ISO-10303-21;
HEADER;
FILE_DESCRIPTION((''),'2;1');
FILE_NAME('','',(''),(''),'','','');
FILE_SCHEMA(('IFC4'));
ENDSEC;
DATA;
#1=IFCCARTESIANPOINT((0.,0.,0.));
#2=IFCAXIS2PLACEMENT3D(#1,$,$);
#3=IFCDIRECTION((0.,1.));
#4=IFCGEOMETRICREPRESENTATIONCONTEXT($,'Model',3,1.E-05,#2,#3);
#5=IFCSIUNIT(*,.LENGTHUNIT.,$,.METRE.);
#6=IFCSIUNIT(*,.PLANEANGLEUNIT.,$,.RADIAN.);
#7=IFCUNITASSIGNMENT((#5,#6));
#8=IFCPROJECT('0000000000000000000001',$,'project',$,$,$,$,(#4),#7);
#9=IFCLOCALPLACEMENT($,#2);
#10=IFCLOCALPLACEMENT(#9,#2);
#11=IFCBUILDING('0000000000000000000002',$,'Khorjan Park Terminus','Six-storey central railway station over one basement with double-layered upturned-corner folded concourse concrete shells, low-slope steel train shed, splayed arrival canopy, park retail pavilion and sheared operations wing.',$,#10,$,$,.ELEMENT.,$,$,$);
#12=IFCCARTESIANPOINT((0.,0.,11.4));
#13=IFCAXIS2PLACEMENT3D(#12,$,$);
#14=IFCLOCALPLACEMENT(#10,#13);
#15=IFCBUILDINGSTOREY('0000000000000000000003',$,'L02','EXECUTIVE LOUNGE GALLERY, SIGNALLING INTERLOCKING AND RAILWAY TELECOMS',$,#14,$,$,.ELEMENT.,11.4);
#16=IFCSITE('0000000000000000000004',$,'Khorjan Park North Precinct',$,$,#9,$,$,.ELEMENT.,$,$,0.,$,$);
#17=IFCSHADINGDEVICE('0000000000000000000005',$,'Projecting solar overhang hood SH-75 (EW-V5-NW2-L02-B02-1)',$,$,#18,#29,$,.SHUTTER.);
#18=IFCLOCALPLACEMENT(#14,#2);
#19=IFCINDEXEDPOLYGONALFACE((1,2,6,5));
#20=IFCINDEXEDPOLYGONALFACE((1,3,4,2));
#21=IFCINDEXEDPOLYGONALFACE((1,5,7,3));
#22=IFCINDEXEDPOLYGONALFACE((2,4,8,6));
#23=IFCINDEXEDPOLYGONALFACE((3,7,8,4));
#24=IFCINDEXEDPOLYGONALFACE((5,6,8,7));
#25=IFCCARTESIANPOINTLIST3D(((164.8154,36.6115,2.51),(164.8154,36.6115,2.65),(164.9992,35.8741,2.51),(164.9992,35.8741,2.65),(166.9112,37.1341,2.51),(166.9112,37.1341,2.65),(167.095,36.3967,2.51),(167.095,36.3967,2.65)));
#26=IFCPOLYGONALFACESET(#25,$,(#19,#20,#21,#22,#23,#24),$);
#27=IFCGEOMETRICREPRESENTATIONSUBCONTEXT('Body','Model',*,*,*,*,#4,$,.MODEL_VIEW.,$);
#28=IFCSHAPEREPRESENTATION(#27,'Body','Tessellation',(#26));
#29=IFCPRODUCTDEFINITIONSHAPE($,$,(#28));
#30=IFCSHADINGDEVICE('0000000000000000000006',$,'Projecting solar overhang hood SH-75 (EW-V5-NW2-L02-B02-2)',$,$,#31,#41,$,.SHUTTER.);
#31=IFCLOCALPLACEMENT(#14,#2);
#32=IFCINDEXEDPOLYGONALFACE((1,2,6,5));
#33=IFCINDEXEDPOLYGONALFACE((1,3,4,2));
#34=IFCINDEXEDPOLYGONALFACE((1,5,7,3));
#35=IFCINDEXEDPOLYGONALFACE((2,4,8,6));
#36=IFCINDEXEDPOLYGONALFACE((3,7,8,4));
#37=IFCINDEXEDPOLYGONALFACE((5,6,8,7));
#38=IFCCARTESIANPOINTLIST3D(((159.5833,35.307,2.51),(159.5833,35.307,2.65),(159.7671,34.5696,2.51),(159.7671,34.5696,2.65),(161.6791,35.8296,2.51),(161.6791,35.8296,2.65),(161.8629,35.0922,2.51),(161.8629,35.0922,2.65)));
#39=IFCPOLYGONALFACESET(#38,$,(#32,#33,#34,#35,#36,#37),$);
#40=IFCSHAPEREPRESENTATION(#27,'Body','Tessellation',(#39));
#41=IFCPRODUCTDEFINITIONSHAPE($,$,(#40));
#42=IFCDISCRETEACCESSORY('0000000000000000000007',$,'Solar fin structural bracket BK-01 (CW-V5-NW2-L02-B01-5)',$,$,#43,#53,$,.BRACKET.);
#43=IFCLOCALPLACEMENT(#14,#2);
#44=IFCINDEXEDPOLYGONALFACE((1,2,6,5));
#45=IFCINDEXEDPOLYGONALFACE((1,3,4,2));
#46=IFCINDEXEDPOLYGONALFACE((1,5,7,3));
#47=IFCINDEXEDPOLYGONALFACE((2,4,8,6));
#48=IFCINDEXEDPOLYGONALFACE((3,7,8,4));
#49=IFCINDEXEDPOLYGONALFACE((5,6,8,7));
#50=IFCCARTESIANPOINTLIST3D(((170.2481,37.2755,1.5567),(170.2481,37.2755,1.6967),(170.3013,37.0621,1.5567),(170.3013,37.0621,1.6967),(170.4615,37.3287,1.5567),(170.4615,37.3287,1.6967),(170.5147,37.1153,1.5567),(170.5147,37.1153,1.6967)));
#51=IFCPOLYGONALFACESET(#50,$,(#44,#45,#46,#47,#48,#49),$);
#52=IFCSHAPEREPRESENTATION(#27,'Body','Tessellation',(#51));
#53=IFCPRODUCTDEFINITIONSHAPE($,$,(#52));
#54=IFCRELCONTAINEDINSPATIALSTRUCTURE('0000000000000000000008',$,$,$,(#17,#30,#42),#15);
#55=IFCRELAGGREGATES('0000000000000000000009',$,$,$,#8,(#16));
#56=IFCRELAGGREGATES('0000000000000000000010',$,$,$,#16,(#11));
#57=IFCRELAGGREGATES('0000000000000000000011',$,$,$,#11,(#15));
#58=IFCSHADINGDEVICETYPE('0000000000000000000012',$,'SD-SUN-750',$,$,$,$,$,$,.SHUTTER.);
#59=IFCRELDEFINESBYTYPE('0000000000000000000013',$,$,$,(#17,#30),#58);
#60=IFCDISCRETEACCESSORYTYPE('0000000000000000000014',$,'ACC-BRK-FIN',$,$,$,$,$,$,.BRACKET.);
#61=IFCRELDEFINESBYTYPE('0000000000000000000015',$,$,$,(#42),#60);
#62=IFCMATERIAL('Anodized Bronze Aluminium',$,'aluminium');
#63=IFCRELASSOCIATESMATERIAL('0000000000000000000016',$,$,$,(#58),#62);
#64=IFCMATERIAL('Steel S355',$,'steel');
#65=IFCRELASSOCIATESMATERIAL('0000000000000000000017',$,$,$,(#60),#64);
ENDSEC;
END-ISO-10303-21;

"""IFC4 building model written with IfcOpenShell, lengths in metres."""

from ifc_helpers import new_model, si_unit, direction, frame, origin, origin_2d, place, context, subcontext, project, spatial, rectangle, extrude, material, type_object, element, save


model = new_model("IFC4")

# Units and contexts
model_context = context("Model", 3, precision=1e-05, world=origin(), true_north=direction((0.0, 1.0)))
body_context = subcontext(model_context, "Body", "Model", "MODEL_VIEW")
ifc_project = project(units=[si_unit("LENGTHUNIT", "METRE"), si_unit("PLANEANGLEUNIT", "RADIAN")], contexts=[model_context])

# Site, building, storey
site_placement = place(None, origin())
site = spatial("IfcSite", under=ifc_project, at=site_placement, Name="Khorjan Park North Precinct", CompositionType="ELEMENT", RefElevation=0.0)
building_placement = place(site_placement, origin())
building = spatial("IfcBuilding", under=site, at=building_placement, Name="Khorjan Park Terminus", Description="Six-storey central railway station over one basement with double-layered upturned-corner folded concourse concrete shells, low-slope steel train shed, splayed arrival canopy, park retail pavilion and sheared operations wing.", CompositionType="ELEMENT")
storey_placement = place(building_placement, frame((0.0, 0.0, 11.4)))
storey = spatial("IfcBuildingStorey", under=building, at=storey_placement, Name="L02", Description="EXECUTIVE LOUNGE GALLERY, SIGNALLING INTERLOCKING AND RAILWAY TELECOMS", CompositionType="ELEMENT", Elevation=11.4)

# Shared definitions
ifc_material_1 = material(Name="Steel S355", Category="steel")

# Shared definitions
ifc_material_2 = material(Name="Anodized Bronze Aluminium", Category="aluminium")

# Shading devices
shading_device_type = type_object("IfcShadingDeviceType", Name="SD-SUN-750", PredefinedType="SHUTTER", material=ifc_material_2)
for number, where, z_axis, x_axis, name in (
    (1, (165.9552, 36.5041, 2.51), (0.0, 0.0, 1.0), (-0.970296, -0.24192, 0.0), "Projecting solar overhang hood SH-75 (EW-V5-NW2-L02-B02-1)"),
    (2, (160.7231, 35.1996, 2.51), (0.0, 0.0, 1.0), (-0.970296, -0.24192, 0.0), "Projecting solar overhang hood SH-75 (EW-V5-NW2-L02-B02-2)"),
):
    element("IfcShadingDevice", number, at=place(storey_placement, frame(where, z_axis=z_axis, x_axis=x_axis)), inside=storey, type_object=shading_device_type, Name=name, PredefinedType="SHUTTER", context=body_context, shape_type="SweptSolid", body=[
        extrude(rectangle(XDim=2.16, YDim=0.76, at=origin_2d()), origin(), (0.0, 0.0, 1.0), 0.14),
    ])

# Discrete accessory
discrete_accessory_type = type_object("IfcDiscreteAccessoryType", Name="ACC-BRK-FIN", PredefinedType="BRACKET", material=ifc_material_1)
discrete_accessory_placement = place(storey_placement, frame((170.3814, 37.1954, 1.5567), z_axis=(0.0, 0.0, 1.0), x_axis=(-0.970297, -0.241918, 0.0)))
element("IfcDiscreteAccessory", 3, at=discrete_accessory_placement, inside=storey, type_object=discrete_accessory_type, Name="Solar fin structural bracket BK-01 (CW-V5-NW2-L02-B01-5)", PredefinedType="BRACKET", context=body_context, shape_type="SweptSolid", body=[
    extrude(rectangle(XDim=0.22, YDim=0.22, at=origin_2d()), origin(), (0.0, 0.0, 1.0), 0.14),
])

save(model, "model.ifc")
